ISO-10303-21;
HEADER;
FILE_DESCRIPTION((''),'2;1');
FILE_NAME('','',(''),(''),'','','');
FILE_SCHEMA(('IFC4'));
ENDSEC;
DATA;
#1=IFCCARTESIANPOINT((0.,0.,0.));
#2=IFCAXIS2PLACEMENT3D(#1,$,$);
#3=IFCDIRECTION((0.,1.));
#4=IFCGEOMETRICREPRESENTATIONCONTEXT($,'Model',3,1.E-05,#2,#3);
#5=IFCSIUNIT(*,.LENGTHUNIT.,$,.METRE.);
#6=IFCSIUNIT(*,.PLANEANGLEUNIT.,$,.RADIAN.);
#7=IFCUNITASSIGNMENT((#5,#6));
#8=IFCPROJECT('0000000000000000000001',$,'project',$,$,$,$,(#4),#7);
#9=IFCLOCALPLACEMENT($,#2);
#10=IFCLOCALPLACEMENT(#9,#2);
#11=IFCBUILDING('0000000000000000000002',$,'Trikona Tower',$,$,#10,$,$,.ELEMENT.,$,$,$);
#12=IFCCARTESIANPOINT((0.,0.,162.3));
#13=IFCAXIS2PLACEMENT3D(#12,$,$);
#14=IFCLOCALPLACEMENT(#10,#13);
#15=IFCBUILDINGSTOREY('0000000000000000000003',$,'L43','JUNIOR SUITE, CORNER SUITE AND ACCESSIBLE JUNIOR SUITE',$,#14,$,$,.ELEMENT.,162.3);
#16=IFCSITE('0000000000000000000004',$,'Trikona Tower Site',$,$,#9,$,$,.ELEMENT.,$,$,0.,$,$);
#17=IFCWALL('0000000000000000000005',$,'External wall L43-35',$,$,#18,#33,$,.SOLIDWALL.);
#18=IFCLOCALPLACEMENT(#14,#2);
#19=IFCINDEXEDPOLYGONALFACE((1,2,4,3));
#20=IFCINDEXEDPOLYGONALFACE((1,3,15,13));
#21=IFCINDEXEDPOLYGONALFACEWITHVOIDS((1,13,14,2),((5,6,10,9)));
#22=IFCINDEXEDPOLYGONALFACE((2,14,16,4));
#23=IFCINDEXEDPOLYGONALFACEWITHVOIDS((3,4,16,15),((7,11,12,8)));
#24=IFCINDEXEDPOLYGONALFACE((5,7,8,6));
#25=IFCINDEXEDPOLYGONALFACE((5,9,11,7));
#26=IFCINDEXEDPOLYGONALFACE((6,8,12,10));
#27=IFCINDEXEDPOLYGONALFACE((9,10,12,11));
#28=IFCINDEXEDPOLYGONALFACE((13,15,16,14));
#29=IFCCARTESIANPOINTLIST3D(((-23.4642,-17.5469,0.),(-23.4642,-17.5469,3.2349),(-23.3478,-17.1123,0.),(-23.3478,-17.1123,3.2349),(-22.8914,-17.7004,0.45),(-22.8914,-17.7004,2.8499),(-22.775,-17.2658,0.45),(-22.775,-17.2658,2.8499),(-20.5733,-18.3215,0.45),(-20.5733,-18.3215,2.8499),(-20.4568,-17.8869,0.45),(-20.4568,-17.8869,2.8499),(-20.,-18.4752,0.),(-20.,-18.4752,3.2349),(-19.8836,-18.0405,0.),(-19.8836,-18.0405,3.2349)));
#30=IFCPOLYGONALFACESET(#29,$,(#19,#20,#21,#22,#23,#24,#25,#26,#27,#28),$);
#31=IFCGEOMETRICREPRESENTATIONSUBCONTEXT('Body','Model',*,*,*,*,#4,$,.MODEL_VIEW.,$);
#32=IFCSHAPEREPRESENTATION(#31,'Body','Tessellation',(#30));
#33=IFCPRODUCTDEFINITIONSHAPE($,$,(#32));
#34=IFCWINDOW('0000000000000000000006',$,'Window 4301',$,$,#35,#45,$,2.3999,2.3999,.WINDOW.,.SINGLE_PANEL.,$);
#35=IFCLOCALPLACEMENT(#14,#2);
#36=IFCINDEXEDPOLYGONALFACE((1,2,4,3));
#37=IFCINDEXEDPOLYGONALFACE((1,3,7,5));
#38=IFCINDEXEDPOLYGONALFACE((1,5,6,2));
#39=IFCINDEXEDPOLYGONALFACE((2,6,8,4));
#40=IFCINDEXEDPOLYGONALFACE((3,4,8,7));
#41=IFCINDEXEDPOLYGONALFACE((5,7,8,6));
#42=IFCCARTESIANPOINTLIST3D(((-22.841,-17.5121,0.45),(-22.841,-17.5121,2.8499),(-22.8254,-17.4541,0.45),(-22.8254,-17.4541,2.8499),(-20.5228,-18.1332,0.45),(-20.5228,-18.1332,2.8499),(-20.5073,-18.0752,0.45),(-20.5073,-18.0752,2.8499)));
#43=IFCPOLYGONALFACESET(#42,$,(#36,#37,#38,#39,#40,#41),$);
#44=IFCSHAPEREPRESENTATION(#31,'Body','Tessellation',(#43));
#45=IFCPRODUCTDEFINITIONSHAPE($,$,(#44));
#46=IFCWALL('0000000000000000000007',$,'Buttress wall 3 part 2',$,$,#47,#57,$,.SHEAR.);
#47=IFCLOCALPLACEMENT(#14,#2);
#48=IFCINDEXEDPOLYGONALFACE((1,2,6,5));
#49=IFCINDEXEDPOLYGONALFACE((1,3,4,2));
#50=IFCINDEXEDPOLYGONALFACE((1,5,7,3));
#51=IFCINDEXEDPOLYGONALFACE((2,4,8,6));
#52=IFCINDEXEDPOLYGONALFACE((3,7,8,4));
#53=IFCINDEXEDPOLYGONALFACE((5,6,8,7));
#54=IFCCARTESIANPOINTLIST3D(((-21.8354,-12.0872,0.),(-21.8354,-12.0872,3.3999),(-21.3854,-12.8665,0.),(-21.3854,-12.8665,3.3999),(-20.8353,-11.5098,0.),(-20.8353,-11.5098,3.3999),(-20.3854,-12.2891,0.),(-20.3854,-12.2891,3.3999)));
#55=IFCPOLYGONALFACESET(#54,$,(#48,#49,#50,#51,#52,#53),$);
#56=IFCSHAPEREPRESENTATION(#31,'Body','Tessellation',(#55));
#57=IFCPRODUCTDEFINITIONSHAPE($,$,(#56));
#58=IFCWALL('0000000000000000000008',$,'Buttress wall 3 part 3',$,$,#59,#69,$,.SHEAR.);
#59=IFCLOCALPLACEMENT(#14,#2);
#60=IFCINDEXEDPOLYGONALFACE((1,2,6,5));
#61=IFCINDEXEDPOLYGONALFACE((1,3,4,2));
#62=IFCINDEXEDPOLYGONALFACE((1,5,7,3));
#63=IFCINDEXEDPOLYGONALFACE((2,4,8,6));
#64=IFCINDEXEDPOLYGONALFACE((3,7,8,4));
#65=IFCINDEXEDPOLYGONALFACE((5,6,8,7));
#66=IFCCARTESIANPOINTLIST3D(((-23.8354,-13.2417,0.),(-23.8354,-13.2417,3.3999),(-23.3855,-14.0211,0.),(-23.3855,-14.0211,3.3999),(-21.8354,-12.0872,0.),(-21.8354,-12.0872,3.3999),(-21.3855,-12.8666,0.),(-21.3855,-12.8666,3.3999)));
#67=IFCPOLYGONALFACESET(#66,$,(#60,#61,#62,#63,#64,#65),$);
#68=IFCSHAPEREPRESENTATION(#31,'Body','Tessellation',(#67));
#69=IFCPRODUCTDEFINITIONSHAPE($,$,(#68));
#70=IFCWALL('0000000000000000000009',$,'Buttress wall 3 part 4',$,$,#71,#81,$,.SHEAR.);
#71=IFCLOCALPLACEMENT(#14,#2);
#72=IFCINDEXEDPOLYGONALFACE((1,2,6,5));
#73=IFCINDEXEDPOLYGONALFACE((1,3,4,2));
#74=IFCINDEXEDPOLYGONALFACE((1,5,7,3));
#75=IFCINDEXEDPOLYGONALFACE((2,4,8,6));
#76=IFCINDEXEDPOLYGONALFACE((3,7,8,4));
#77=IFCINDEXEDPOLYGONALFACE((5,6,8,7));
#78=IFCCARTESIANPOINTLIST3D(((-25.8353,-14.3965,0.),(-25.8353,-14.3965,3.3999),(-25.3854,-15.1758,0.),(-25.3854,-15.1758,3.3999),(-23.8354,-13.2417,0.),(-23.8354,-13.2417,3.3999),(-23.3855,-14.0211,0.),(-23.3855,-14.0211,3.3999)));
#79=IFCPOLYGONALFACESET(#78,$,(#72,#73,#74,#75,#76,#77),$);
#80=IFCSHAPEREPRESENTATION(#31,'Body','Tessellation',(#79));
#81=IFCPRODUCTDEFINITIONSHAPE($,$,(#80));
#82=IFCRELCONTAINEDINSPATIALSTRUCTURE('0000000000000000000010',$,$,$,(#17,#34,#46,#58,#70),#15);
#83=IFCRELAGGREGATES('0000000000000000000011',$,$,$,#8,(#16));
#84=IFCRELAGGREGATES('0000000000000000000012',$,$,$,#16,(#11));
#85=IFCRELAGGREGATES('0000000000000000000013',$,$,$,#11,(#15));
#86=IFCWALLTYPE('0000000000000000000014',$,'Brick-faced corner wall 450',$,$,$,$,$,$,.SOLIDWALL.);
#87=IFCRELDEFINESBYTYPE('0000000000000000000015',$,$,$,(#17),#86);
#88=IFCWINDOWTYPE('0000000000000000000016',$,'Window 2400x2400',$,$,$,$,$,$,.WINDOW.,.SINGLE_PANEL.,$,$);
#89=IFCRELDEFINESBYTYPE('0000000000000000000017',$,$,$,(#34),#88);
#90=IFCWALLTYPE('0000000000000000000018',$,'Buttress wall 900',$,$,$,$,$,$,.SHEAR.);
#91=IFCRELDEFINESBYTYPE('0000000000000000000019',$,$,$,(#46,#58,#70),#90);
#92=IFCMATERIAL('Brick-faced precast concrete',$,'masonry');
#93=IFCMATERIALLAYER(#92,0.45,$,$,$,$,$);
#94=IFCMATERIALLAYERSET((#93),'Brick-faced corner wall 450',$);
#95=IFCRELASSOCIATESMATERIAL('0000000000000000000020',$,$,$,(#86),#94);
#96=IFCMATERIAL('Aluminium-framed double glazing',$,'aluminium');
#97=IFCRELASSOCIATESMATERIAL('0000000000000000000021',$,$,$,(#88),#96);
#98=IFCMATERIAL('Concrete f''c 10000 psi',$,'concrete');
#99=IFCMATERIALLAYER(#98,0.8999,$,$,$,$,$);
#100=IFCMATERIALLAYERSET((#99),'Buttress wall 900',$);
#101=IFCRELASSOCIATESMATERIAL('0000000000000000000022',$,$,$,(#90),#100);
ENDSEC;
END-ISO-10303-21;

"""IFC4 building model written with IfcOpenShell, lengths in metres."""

from ifc_helpers import new_model, si_unit, direction, frame, frame_2d, origin, place, context, subcontext, project, spatial, rectangle, extrude, material, layer, layer_set, type_object, element, fill, save


model = new_model("IFC4")

# Units and contexts
model_context = context("Model", 3, precision=1e-05, world=origin(), true_north=direction((0.0, 1.0)))
body_context = subcontext(model_context, "Body", "Model", "MODEL_VIEW")
ifc_project = project(units=[si_unit("LENGTHUNIT", "METRE"), si_unit("PLANEANGLEUNIT", "RADIAN")], contexts=[model_context])

# Site, building, storey
site_placement = place(None, origin())
site = spatial("IfcSite", under=ifc_project, at=site_placement, Name="Trikona Tower Site", CompositionType="ELEMENT", RefElevation=0.0)
building_placement = place(site_placement, origin())
building = spatial("IfcBuilding", under=site, at=building_placement, Name="Trikona Tower", CompositionType="ELEMENT")
storey_placement = place(building_placement, frame((0.0, 0.0, 162.3)))
storey = spatial("IfcBuildingStorey", under=building, at=storey_placement, Name="L43", Description="JUNIOR SUITE, CORNER SUITE AND ACCESSIBLE JUNIOR SUITE", CompositionType="ELEMENT", Elevation=162.3)

# Wall, opening, window
ifc_material_1 = material(Name="Brick-faced precast concrete", Category="masonry")
ifc_layer_1 = layer(ifc_material_1, 0.45)
ifc_layer_set_1 = layer_set([ifc_layer_1], Name="Brick-faced corner wall 450")
wall_type_1 = type_object("IfcWallType", Name="Brick-faced corner wall 450", PredefinedType="SOLIDWALL", material=ifc_layer_set_1)
wall_1_placement = place(storey_placement, frame((-23.406, -17.3296, 0.0), z_axis=(0.0, 0.0, 1.0), x_axis=(0.965925, -0.258823, 0.0)))
wall_1 = element("IfcWall", 1, at=wall_1_placement, inside=storey, type_object=wall_type_1, Name="External wall L43-35", PredefinedType="SOLIDWALL", context=body_context, shape_type="SweptSolid", body=[
    extrude(rectangle(XDim=3.5864, YDim=0.45, at=frame_2d((1.7932, 0.0))), origin(), (0.0, 0.0, 1.0), 3.2349),
])
opening_1_placement = place(wall_1_placement, frame((0.593, 0.0, 0.45)))
opening_1 = element("IfcOpeningElement", 2, at=opening_1_placement, cuts=wall_1, PredefinedType="OPENING", context=body_context, shape_type="SweptSolid", body=[
    extrude(rectangle(XDim=2.3999, YDim=2.3999, at=frame_2d((1.2, 1.2))), frame((0.0, 0.2349, 0.0), z_axis=(0.0, -1.0, 0.0), x_axis=(1.0, 0.0, 0.0)), (0.0, 0.0, 1.0), 0.47),
])
ifc_material_2 = material(Name="Aluminium-framed double glazing", Category="aluminium")
window_type_1 = type_object("IfcWindowType", Name="Window 2400x2400", PartitioningType="SINGLE_PANEL", PredefinedType="WINDOW", material=ifc_material_2)
window_1_placement = place(opening_1_placement, origin())
window_1 = element("IfcWindow", 3, at=window_1_placement, inside=storey, type_object=window_type_1, Name="Window 4301", OverallHeight=2.3999, OverallWidth=2.3999, PartitioningType="SINGLE_PANEL", PredefinedType="WINDOW", context=body_context, shape_type="SweptSolid", body=[
    extrude(rectangle(XDim=2.3999, YDim=2.3999, at=frame_2d((1.2, 1.2))), frame((0.0, 0.03, 0.0), z_axis=(0.0, -1.0, 0.0), x_axis=(1.0, 0.0, 0.0)), (0.0, 0.0, 1.0), 0.0601),
])
fill(opening_1, window_1)

# Walls
ifc_material_3 = material(Name="Concrete f'c 10000 psi", Category="concrete")
ifc_layer_2 = layer(ifc_material_3, 0.8999)
ifc_layer_set_2 = layer_set([ifc_layer_2], Name="Buttress wall 900")
wall_type_2 = type_object("IfcWallType", Name="Buttress wall 900", PredefinedType="SHEAR", material=ifc_layer_set_2)
wall_2_placement = place(storey_placement, frame((-20.6104, -11.8994, 0.0), z_axis=(0.0, 0.0, 1.0), x_axis=(-0.86601, -0.500027, 0.0)))
element("IfcWall", 4, at=wall_2_placement, inside=storey, type_object=wall_type_2, Name="Buttress wall 3 part 2", PredefinedType="SHEAR", context=body_context, shape_type="SweptSolid", body=[
    extrude(rectangle(XDim=1.1548, YDim=0.8999, at=frame_2d((0.5774, 0.0))), origin(), (0.0, 0.0, 1.0), 3.3999),
])
for number, where, z_axis, x_axis, name in (
    (5, (-21.6104, -12.4768, 0.0), (0.0, 0.0, 1.0), (-0.866055, -0.499948, 0.0), "Buttress wall 3 part 3"),
    (6, (-23.6104, -13.6313, 0.0), (0.0, 0.0, 1.0), (-0.86601, -0.500027, 0.0), "Buttress wall 3 part 4"),
):
    element("IfcWall", number, at=place(storey_placement, frame(where, z_axis=z_axis, x_axis=x_axis)), inside=storey, type_object=wall_type_2, Name=name, PredefinedType="SHEAR", context=body_context, shape_type="SweptSolid", body=[
        extrude(rectangle(XDim=2.3093, YDim=0.8999, at=frame_2d((1.1548, 0.0))), origin(), (0.0, 0.0, 1.0), 3.3999),
    ])

save(model, "model.ifc")
